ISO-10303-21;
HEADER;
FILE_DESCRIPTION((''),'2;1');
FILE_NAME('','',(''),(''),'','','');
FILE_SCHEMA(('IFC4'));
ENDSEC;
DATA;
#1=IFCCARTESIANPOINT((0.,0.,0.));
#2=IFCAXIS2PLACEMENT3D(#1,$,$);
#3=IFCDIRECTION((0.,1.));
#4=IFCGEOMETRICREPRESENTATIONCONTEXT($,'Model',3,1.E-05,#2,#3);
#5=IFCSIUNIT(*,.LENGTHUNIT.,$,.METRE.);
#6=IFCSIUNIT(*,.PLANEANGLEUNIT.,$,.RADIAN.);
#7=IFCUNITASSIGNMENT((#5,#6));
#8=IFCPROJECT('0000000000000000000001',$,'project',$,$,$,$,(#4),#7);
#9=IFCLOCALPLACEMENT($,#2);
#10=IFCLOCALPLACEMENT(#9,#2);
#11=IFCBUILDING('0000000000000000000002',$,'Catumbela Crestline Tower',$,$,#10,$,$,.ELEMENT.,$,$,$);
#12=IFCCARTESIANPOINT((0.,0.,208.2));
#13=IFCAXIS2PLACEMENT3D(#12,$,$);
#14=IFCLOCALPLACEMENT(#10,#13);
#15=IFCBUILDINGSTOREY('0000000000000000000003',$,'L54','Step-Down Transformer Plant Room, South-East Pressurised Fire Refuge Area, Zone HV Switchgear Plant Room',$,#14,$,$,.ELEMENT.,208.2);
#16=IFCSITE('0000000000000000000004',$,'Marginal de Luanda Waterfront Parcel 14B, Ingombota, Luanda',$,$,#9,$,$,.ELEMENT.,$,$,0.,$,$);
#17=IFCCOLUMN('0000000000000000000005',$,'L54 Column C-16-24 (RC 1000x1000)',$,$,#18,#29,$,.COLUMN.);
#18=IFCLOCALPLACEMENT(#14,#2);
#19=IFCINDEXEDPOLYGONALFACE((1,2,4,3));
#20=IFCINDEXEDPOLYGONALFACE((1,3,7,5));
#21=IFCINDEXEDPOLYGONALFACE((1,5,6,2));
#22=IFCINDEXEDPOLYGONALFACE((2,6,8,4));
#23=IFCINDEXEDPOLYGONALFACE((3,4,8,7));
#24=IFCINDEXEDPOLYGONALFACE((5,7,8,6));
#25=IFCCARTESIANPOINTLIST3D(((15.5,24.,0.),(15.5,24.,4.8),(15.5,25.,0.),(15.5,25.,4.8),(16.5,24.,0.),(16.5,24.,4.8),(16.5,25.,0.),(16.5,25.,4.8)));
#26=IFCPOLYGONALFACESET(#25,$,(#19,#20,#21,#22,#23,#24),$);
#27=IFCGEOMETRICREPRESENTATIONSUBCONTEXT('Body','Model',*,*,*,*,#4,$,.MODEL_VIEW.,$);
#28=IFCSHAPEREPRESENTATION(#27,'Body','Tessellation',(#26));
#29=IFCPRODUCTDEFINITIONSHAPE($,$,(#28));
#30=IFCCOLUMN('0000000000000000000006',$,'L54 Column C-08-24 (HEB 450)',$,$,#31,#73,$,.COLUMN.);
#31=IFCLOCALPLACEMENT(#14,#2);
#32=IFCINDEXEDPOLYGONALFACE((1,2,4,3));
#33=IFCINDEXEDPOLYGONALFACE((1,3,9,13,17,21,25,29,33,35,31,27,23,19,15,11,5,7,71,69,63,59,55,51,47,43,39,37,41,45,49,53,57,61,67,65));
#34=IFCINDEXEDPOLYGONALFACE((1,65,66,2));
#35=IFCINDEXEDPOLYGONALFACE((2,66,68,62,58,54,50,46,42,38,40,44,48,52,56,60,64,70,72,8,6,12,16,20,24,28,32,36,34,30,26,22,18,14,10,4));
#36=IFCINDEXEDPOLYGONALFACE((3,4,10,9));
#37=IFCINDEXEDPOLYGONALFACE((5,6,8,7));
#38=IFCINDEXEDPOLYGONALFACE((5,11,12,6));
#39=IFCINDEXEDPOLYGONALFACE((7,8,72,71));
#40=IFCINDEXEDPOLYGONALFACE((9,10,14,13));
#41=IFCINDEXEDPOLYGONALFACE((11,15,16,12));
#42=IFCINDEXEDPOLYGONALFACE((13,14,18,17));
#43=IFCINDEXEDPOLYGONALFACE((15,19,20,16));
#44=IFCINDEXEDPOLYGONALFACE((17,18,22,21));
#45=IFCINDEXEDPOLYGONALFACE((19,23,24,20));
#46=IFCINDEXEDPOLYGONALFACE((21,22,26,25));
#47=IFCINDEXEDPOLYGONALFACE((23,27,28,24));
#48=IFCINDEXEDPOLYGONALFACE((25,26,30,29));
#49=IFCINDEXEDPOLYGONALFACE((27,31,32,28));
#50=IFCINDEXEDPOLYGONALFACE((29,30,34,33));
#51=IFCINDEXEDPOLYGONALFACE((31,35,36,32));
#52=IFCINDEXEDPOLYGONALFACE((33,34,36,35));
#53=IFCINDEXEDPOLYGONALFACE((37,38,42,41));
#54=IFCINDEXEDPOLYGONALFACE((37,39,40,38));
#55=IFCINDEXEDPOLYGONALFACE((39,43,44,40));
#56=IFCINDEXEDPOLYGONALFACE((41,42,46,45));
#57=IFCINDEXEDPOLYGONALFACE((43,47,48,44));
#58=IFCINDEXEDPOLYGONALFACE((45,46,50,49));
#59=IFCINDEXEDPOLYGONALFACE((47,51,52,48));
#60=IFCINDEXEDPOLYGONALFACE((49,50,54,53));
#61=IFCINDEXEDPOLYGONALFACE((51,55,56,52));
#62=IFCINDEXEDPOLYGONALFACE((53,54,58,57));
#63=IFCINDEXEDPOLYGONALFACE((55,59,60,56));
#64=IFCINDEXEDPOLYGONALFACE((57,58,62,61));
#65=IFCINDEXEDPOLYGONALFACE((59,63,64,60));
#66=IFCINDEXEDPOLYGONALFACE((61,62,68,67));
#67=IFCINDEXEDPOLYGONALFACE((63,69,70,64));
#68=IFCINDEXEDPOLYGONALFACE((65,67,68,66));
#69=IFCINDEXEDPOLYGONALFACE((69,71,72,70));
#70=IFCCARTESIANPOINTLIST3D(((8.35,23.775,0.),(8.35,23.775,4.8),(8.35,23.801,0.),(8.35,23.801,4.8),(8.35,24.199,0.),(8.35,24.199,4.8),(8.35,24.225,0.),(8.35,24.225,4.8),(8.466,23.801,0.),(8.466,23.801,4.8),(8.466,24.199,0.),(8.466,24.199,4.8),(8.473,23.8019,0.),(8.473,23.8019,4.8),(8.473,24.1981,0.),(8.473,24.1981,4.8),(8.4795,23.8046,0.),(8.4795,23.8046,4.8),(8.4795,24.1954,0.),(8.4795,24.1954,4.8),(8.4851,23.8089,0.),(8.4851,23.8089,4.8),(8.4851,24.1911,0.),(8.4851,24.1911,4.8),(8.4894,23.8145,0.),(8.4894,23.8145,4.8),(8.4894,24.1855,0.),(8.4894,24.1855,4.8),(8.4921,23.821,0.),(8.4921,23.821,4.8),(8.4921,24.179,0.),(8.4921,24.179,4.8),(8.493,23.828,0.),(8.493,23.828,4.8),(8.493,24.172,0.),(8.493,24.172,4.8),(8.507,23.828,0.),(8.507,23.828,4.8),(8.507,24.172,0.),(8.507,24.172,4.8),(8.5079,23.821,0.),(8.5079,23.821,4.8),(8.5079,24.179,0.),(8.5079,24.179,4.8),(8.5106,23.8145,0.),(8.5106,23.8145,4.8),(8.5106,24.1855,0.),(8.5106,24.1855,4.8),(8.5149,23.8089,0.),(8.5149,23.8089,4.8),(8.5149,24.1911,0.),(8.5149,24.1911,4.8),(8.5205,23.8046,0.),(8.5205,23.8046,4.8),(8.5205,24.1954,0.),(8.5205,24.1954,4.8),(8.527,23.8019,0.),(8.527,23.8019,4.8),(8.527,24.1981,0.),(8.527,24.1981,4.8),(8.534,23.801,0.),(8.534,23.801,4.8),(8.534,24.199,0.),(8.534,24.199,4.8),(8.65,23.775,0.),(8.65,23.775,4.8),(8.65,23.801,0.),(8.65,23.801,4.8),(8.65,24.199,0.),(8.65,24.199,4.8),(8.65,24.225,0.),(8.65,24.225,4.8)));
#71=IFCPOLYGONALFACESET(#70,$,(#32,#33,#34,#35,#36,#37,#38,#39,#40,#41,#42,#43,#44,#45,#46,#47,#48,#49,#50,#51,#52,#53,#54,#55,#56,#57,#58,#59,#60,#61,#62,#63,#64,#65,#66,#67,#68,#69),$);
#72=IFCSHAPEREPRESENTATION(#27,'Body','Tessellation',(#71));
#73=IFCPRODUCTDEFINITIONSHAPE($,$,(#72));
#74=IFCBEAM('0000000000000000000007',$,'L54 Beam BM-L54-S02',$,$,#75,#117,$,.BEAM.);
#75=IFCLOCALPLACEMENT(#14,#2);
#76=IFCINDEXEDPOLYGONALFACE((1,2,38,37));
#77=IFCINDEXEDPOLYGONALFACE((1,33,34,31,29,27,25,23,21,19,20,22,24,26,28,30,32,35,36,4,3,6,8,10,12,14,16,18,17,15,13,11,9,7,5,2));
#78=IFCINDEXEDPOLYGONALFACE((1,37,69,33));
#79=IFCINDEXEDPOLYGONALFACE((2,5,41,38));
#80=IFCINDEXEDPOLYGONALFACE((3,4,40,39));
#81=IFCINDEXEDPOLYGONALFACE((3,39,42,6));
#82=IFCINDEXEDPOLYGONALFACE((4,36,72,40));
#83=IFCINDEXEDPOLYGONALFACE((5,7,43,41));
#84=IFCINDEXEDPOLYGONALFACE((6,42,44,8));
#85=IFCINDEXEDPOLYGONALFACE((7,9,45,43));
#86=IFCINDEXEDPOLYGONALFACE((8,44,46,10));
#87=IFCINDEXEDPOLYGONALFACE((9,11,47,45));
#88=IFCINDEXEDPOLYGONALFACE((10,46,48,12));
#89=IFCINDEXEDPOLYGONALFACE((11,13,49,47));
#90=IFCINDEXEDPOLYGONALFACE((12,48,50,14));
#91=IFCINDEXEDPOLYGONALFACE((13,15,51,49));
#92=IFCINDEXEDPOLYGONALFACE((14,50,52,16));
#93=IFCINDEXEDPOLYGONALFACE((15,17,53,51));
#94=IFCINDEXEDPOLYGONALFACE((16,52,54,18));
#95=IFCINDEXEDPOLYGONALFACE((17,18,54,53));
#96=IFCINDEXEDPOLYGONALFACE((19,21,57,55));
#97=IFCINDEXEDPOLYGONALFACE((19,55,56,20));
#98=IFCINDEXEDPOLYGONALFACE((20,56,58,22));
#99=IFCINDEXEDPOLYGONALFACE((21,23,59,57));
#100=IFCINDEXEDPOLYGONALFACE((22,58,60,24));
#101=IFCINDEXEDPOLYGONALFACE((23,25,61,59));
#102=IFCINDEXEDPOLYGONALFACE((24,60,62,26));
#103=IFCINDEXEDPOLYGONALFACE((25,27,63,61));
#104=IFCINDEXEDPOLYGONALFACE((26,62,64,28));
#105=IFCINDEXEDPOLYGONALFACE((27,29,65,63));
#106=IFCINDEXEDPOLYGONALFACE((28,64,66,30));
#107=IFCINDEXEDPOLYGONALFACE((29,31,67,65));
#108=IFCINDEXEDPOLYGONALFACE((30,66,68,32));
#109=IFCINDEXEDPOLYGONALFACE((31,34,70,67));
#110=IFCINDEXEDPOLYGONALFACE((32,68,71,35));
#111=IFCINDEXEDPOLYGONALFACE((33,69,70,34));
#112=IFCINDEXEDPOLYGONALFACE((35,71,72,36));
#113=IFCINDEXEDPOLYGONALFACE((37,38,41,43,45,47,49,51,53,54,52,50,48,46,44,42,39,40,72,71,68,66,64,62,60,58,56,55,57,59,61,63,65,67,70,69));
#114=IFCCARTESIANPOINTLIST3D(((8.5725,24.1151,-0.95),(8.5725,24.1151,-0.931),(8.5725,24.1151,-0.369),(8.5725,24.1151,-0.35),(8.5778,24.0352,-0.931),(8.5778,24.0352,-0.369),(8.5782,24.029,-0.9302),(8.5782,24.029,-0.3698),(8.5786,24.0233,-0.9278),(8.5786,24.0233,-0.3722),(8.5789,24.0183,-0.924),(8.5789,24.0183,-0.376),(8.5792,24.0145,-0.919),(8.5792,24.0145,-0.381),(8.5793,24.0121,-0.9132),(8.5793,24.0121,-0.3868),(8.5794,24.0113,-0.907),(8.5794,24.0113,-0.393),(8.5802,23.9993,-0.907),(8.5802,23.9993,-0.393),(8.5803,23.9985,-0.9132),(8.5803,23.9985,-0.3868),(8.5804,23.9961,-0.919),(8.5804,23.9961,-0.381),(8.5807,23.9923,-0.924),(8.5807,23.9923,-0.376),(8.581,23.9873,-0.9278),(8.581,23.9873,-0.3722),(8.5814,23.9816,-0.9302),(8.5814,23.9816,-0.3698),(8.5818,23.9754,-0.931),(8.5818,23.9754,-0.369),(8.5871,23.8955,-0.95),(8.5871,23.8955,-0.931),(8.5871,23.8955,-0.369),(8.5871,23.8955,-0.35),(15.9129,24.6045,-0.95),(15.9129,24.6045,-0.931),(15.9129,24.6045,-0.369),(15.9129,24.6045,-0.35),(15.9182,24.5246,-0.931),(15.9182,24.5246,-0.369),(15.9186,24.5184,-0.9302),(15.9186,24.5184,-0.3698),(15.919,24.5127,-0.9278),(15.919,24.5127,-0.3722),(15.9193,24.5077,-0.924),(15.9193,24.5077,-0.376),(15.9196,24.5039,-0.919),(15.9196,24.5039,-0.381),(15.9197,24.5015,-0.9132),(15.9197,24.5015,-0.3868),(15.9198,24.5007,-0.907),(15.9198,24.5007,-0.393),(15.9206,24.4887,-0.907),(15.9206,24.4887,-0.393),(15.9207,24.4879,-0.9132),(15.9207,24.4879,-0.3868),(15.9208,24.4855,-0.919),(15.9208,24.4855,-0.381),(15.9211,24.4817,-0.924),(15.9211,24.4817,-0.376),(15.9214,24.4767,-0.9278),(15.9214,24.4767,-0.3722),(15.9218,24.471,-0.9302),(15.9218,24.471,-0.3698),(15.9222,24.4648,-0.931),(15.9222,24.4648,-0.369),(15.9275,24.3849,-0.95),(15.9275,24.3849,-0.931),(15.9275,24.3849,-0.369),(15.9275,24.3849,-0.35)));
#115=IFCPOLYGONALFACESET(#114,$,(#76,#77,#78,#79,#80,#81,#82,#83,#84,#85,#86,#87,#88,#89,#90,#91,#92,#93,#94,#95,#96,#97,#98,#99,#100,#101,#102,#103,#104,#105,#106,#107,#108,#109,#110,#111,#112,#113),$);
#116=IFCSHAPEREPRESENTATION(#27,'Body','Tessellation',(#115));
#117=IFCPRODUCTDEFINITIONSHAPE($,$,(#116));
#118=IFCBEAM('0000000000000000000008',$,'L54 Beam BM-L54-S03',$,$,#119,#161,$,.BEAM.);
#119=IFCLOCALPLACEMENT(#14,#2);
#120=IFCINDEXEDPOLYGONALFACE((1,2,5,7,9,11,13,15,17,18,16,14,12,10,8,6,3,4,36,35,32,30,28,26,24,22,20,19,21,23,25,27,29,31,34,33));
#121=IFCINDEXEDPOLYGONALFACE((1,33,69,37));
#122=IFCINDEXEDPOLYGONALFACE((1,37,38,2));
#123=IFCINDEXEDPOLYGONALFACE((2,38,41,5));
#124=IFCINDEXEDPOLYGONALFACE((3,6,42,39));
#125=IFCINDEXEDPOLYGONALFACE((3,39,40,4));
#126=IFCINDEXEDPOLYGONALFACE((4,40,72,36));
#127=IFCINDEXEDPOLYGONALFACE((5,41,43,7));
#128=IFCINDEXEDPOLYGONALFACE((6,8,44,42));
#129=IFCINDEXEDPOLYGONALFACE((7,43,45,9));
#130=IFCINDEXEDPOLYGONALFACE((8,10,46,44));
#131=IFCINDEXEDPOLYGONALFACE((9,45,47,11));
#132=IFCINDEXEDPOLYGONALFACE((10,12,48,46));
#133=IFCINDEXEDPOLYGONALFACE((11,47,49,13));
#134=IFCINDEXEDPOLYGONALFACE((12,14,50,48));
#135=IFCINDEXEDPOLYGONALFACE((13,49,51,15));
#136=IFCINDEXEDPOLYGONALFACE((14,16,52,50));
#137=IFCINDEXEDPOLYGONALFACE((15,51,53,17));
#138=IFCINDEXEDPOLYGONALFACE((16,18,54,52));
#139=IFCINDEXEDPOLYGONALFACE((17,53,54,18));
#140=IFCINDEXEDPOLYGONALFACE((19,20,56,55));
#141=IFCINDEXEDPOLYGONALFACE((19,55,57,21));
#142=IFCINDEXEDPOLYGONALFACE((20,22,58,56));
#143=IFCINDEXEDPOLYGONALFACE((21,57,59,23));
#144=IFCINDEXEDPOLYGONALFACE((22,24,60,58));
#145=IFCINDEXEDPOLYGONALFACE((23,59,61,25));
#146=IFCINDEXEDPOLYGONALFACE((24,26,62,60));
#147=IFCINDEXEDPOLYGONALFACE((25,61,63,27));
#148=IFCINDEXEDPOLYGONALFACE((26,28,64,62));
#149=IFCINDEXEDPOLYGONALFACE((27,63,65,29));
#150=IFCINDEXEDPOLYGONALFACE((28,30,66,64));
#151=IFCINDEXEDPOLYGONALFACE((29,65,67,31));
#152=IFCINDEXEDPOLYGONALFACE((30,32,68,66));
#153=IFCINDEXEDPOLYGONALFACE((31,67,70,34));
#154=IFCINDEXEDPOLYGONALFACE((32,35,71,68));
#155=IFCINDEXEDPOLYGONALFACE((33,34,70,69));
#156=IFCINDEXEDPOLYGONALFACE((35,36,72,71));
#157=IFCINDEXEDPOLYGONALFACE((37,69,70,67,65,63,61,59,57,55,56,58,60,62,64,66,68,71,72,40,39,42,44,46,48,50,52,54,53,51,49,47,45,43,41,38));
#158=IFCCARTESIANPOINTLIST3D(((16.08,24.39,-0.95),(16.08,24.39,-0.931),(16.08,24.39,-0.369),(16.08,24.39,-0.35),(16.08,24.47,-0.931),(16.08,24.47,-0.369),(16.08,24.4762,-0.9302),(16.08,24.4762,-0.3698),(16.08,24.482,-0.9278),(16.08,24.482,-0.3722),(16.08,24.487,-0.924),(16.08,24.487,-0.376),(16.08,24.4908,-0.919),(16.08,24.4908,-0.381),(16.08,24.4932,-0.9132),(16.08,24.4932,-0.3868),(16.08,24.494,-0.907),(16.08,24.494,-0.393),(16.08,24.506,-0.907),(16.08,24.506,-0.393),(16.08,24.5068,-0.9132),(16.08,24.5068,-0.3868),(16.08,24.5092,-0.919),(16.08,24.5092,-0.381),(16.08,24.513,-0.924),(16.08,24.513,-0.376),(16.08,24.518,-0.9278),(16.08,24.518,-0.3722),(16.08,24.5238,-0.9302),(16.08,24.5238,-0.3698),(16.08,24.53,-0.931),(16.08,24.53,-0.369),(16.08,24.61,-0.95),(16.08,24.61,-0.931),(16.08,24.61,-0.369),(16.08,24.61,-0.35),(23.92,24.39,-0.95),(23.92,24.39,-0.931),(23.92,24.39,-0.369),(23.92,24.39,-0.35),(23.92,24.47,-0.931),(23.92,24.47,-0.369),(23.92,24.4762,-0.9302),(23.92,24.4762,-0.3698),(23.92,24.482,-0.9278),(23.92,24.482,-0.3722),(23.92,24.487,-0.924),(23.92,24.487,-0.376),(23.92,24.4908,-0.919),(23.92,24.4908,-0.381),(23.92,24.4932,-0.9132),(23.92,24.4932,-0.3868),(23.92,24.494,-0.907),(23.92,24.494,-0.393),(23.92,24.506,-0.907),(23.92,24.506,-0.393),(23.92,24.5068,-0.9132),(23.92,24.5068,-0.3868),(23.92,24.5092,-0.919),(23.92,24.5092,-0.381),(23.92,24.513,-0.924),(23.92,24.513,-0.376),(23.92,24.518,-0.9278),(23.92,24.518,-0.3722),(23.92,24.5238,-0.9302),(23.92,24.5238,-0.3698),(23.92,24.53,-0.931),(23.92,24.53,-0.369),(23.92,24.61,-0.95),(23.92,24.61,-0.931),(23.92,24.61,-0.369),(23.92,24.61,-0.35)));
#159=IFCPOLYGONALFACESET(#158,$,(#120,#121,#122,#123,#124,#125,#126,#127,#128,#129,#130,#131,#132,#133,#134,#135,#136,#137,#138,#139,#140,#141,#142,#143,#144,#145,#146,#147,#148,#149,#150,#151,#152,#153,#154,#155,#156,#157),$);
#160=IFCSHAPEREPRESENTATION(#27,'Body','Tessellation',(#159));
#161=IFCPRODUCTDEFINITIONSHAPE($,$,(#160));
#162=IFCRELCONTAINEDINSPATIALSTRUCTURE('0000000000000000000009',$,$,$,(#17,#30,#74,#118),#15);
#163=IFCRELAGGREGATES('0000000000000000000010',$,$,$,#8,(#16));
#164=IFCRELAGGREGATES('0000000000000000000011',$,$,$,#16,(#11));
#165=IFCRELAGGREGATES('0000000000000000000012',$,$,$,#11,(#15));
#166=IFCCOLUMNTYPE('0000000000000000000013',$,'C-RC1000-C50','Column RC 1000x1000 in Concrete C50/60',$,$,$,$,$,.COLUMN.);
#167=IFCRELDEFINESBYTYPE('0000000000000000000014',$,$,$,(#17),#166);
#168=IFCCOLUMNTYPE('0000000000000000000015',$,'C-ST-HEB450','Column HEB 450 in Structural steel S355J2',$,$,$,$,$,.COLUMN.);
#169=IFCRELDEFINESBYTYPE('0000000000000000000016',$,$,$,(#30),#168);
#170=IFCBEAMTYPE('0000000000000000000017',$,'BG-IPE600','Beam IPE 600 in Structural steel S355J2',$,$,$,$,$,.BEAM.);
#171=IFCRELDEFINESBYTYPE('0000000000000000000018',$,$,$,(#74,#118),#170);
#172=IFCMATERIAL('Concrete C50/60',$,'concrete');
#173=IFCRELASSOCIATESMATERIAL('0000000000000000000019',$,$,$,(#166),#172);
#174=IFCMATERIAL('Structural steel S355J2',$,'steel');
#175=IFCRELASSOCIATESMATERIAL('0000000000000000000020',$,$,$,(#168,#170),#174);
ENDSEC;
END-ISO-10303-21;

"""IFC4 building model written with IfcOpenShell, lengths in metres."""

from ifc_helpers import new_model, si_unit, direction, frame, origin, origin_2d, place, context, subcontext, project, spatial, rectangle, i_section, extrude, material, material_profile, profile_set, type_object, element, save


model = new_model("IFC4")

# Units and contexts
model_context = context("Model", 3, precision=1e-05, world=origin(), true_north=direction((0.0, 1.0)))
body_context = subcontext(model_context, "Body", "Model", "MODEL_VIEW")
ifc_project = project(units=[si_unit("LENGTHUNIT", "METRE"), si_unit("PLANEANGLEUNIT", "RADIAN")], contexts=[model_context])

# Site, building, storey
site_placement = place(None, origin())
site = spatial("IfcSite", under=ifc_project, at=site_placement, Name="Marginal de Luanda Waterfront Parcel 14B, Ingombota, Luanda", CompositionType="ELEMENT", RefElevation=0.0)
building_placement = place(site_placement, origin())
building = spatial("IfcBuilding", under=site, at=building_placement, Name="Catumbela Crestline Tower", CompositionType="ELEMENT")
storey_placement = place(building_placement, frame((0.0, 0.0, 208.2)))
storey = spatial("IfcBuildingStorey", under=building, at=storey_placement, Name="L54", Description="Step-Down Transformer Plant Room, South-East Pressurised Fire Refuge Area, Zone HV Switchgear Plant Room", CompositionType="ELEMENT", Elevation=208.2)

# Columns
ifc_material_1 = material(Name="Concrete C50/60", Category="concrete")
ifc_material_profile_1 = material_profile(ifc_material_1, rectangle(XDim=1.0, YDim=1.0, at=origin_2d()), Name="RC 1000x1000")
ifc_profile_set_1 = profile_set([ifc_material_profile_1], Name="Concrete C50/60")
column_type_1 = type_object("IfcColumnType", Name="C-RC1000-C50", Description="Column RC 1000x1000 in Concrete C50/60", PredefinedType="COLUMN", material=ifc_profile_set_1)
column_1_placement = place(storey_placement, frame((16.0, 24.5, 0.0), z_axis=(0.0, 0.0, 1.0), x_axis=(1.0, 0.0, 0.0)))
element("IfcColumn", 1, at=column_1_placement, inside=storey, type_object=column_type_1, Name="L54 Column C-16-24 (RC 1000x1000)", PredefinedType="COLUMN", context=body_context, shape_type="SweptSolid", body=[
    extrude(rectangle(XDim=1.0, YDim=1.0, at=origin_2d()), origin(), (0.0, 0.0, 1.0), 4.8),
])
ifc_material_2 = material(Name="Structural steel S355J2", Category="steel")
ifc_material_profile_2 = material_profile(ifc_material_2, i_section(OverallWidth=0.3, OverallDepth=0.45, WebThickness=0.014, FlangeThickness=0.026, FilletRadius=0.027, at=origin_2d()), Name="HEB 450")
ifc_profile_set_2 = profile_set([ifc_material_profile_2], Name="Structural steel S355J2")
column_type_2 = type_object("IfcColumnType", Name="C-ST-HEB450", Description="Column HEB 450 in Structural steel S355J2", PredefinedType="COLUMN", material=ifc_profile_set_2)
column_2_placement = place(storey_placement, frame((8.5, 24.0, 0.0), z_axis=(0.0, 0.0, 1.0), x_axis=(1.0, 0.0, 0.0)))
element("IfcColumn", 2, at=column_2_placement, inside=storey, type_object=column_type_2, Name="L54 Column C-08-24 (HEB 450)", PredefinedType="COLUMN", context=body_context, shape_type="SweptSolid", body=[
    extrude(i_section(OverallWidth=0.3, OverallDepth=0.45, WebThickness=0.014, FlangeThickness=0.026, FilletRadius=0.027, at=origin_2d()), origin(), (0.0, 0.0, 1.0), 4.8),
])

# Beams
ifc_material_profile_3 = material_profile(ifc_material_2, i_section(OverallWidth=0.22, OverallDepth=0.6, WebThickness=0.012, FlangeThickness=0.019, FilletRadius=0.024, at=origin_2d()), Name="IPE 600")
ifc_profile_set_3 = profile_set([ifc_material_profile_3], Name="Structural steel S355J2")
beam_type_1 = type_object("IfcBeamType", Name="BG-IPE600", Description="Beam IPE 600 in Structural steel S355J2", PredefinedType="BEAM", material=ifc_profile_set_3)
beam_1_placement = place(storey_placement, frame((8.5798, 24.0053, -0.65), z_axis=(0.997785, 0.066524, 0.0), x_axis=(-0.066524, 0.997785, 0.0)))
element("IfcBeam", 3, at=beam_1_placement, inside=storey, type_object=beam_type_1, Name="L54 Beam BM-L54-S02", PredefinedType="BEAM", context=body_context, shape_type="SweptSolid", body=[
    extrude(i_section(OverallWidth=0.22, OverallDepth=0.6, WebThickness=0.012, FlangeThickness=0.019, FilletRadius=0.024, at=origin_2d()), origin(), (0.0, 0.0, 1.0), 7.3567),
])
beam_2_placement = place(storey_placement, frame((16.08, 24.5, -0.65), z_axis=(1.0, 0.0, 0.0), x_axis=(0.0, 1.0, 0.0)))
element("IfcBeam", 4, at=beam_2_placement, inside=storey, type_object=beam_type_1, Name="L54 Beam BM-L54-S03", PredefinedType="BEAM", context=body_context, shape_type="SweptSolid", body=[
    extrude(i_section(OverallWidth=0.22, OverallDepth=0.6, WebThickness=0.012, FlangeThickness=0.019, FilletRadius=0.024, at=origin_2d()), origin(), (0.0, 0.0, 1.0), 7.84),
])

save(model, "model.ifc")
